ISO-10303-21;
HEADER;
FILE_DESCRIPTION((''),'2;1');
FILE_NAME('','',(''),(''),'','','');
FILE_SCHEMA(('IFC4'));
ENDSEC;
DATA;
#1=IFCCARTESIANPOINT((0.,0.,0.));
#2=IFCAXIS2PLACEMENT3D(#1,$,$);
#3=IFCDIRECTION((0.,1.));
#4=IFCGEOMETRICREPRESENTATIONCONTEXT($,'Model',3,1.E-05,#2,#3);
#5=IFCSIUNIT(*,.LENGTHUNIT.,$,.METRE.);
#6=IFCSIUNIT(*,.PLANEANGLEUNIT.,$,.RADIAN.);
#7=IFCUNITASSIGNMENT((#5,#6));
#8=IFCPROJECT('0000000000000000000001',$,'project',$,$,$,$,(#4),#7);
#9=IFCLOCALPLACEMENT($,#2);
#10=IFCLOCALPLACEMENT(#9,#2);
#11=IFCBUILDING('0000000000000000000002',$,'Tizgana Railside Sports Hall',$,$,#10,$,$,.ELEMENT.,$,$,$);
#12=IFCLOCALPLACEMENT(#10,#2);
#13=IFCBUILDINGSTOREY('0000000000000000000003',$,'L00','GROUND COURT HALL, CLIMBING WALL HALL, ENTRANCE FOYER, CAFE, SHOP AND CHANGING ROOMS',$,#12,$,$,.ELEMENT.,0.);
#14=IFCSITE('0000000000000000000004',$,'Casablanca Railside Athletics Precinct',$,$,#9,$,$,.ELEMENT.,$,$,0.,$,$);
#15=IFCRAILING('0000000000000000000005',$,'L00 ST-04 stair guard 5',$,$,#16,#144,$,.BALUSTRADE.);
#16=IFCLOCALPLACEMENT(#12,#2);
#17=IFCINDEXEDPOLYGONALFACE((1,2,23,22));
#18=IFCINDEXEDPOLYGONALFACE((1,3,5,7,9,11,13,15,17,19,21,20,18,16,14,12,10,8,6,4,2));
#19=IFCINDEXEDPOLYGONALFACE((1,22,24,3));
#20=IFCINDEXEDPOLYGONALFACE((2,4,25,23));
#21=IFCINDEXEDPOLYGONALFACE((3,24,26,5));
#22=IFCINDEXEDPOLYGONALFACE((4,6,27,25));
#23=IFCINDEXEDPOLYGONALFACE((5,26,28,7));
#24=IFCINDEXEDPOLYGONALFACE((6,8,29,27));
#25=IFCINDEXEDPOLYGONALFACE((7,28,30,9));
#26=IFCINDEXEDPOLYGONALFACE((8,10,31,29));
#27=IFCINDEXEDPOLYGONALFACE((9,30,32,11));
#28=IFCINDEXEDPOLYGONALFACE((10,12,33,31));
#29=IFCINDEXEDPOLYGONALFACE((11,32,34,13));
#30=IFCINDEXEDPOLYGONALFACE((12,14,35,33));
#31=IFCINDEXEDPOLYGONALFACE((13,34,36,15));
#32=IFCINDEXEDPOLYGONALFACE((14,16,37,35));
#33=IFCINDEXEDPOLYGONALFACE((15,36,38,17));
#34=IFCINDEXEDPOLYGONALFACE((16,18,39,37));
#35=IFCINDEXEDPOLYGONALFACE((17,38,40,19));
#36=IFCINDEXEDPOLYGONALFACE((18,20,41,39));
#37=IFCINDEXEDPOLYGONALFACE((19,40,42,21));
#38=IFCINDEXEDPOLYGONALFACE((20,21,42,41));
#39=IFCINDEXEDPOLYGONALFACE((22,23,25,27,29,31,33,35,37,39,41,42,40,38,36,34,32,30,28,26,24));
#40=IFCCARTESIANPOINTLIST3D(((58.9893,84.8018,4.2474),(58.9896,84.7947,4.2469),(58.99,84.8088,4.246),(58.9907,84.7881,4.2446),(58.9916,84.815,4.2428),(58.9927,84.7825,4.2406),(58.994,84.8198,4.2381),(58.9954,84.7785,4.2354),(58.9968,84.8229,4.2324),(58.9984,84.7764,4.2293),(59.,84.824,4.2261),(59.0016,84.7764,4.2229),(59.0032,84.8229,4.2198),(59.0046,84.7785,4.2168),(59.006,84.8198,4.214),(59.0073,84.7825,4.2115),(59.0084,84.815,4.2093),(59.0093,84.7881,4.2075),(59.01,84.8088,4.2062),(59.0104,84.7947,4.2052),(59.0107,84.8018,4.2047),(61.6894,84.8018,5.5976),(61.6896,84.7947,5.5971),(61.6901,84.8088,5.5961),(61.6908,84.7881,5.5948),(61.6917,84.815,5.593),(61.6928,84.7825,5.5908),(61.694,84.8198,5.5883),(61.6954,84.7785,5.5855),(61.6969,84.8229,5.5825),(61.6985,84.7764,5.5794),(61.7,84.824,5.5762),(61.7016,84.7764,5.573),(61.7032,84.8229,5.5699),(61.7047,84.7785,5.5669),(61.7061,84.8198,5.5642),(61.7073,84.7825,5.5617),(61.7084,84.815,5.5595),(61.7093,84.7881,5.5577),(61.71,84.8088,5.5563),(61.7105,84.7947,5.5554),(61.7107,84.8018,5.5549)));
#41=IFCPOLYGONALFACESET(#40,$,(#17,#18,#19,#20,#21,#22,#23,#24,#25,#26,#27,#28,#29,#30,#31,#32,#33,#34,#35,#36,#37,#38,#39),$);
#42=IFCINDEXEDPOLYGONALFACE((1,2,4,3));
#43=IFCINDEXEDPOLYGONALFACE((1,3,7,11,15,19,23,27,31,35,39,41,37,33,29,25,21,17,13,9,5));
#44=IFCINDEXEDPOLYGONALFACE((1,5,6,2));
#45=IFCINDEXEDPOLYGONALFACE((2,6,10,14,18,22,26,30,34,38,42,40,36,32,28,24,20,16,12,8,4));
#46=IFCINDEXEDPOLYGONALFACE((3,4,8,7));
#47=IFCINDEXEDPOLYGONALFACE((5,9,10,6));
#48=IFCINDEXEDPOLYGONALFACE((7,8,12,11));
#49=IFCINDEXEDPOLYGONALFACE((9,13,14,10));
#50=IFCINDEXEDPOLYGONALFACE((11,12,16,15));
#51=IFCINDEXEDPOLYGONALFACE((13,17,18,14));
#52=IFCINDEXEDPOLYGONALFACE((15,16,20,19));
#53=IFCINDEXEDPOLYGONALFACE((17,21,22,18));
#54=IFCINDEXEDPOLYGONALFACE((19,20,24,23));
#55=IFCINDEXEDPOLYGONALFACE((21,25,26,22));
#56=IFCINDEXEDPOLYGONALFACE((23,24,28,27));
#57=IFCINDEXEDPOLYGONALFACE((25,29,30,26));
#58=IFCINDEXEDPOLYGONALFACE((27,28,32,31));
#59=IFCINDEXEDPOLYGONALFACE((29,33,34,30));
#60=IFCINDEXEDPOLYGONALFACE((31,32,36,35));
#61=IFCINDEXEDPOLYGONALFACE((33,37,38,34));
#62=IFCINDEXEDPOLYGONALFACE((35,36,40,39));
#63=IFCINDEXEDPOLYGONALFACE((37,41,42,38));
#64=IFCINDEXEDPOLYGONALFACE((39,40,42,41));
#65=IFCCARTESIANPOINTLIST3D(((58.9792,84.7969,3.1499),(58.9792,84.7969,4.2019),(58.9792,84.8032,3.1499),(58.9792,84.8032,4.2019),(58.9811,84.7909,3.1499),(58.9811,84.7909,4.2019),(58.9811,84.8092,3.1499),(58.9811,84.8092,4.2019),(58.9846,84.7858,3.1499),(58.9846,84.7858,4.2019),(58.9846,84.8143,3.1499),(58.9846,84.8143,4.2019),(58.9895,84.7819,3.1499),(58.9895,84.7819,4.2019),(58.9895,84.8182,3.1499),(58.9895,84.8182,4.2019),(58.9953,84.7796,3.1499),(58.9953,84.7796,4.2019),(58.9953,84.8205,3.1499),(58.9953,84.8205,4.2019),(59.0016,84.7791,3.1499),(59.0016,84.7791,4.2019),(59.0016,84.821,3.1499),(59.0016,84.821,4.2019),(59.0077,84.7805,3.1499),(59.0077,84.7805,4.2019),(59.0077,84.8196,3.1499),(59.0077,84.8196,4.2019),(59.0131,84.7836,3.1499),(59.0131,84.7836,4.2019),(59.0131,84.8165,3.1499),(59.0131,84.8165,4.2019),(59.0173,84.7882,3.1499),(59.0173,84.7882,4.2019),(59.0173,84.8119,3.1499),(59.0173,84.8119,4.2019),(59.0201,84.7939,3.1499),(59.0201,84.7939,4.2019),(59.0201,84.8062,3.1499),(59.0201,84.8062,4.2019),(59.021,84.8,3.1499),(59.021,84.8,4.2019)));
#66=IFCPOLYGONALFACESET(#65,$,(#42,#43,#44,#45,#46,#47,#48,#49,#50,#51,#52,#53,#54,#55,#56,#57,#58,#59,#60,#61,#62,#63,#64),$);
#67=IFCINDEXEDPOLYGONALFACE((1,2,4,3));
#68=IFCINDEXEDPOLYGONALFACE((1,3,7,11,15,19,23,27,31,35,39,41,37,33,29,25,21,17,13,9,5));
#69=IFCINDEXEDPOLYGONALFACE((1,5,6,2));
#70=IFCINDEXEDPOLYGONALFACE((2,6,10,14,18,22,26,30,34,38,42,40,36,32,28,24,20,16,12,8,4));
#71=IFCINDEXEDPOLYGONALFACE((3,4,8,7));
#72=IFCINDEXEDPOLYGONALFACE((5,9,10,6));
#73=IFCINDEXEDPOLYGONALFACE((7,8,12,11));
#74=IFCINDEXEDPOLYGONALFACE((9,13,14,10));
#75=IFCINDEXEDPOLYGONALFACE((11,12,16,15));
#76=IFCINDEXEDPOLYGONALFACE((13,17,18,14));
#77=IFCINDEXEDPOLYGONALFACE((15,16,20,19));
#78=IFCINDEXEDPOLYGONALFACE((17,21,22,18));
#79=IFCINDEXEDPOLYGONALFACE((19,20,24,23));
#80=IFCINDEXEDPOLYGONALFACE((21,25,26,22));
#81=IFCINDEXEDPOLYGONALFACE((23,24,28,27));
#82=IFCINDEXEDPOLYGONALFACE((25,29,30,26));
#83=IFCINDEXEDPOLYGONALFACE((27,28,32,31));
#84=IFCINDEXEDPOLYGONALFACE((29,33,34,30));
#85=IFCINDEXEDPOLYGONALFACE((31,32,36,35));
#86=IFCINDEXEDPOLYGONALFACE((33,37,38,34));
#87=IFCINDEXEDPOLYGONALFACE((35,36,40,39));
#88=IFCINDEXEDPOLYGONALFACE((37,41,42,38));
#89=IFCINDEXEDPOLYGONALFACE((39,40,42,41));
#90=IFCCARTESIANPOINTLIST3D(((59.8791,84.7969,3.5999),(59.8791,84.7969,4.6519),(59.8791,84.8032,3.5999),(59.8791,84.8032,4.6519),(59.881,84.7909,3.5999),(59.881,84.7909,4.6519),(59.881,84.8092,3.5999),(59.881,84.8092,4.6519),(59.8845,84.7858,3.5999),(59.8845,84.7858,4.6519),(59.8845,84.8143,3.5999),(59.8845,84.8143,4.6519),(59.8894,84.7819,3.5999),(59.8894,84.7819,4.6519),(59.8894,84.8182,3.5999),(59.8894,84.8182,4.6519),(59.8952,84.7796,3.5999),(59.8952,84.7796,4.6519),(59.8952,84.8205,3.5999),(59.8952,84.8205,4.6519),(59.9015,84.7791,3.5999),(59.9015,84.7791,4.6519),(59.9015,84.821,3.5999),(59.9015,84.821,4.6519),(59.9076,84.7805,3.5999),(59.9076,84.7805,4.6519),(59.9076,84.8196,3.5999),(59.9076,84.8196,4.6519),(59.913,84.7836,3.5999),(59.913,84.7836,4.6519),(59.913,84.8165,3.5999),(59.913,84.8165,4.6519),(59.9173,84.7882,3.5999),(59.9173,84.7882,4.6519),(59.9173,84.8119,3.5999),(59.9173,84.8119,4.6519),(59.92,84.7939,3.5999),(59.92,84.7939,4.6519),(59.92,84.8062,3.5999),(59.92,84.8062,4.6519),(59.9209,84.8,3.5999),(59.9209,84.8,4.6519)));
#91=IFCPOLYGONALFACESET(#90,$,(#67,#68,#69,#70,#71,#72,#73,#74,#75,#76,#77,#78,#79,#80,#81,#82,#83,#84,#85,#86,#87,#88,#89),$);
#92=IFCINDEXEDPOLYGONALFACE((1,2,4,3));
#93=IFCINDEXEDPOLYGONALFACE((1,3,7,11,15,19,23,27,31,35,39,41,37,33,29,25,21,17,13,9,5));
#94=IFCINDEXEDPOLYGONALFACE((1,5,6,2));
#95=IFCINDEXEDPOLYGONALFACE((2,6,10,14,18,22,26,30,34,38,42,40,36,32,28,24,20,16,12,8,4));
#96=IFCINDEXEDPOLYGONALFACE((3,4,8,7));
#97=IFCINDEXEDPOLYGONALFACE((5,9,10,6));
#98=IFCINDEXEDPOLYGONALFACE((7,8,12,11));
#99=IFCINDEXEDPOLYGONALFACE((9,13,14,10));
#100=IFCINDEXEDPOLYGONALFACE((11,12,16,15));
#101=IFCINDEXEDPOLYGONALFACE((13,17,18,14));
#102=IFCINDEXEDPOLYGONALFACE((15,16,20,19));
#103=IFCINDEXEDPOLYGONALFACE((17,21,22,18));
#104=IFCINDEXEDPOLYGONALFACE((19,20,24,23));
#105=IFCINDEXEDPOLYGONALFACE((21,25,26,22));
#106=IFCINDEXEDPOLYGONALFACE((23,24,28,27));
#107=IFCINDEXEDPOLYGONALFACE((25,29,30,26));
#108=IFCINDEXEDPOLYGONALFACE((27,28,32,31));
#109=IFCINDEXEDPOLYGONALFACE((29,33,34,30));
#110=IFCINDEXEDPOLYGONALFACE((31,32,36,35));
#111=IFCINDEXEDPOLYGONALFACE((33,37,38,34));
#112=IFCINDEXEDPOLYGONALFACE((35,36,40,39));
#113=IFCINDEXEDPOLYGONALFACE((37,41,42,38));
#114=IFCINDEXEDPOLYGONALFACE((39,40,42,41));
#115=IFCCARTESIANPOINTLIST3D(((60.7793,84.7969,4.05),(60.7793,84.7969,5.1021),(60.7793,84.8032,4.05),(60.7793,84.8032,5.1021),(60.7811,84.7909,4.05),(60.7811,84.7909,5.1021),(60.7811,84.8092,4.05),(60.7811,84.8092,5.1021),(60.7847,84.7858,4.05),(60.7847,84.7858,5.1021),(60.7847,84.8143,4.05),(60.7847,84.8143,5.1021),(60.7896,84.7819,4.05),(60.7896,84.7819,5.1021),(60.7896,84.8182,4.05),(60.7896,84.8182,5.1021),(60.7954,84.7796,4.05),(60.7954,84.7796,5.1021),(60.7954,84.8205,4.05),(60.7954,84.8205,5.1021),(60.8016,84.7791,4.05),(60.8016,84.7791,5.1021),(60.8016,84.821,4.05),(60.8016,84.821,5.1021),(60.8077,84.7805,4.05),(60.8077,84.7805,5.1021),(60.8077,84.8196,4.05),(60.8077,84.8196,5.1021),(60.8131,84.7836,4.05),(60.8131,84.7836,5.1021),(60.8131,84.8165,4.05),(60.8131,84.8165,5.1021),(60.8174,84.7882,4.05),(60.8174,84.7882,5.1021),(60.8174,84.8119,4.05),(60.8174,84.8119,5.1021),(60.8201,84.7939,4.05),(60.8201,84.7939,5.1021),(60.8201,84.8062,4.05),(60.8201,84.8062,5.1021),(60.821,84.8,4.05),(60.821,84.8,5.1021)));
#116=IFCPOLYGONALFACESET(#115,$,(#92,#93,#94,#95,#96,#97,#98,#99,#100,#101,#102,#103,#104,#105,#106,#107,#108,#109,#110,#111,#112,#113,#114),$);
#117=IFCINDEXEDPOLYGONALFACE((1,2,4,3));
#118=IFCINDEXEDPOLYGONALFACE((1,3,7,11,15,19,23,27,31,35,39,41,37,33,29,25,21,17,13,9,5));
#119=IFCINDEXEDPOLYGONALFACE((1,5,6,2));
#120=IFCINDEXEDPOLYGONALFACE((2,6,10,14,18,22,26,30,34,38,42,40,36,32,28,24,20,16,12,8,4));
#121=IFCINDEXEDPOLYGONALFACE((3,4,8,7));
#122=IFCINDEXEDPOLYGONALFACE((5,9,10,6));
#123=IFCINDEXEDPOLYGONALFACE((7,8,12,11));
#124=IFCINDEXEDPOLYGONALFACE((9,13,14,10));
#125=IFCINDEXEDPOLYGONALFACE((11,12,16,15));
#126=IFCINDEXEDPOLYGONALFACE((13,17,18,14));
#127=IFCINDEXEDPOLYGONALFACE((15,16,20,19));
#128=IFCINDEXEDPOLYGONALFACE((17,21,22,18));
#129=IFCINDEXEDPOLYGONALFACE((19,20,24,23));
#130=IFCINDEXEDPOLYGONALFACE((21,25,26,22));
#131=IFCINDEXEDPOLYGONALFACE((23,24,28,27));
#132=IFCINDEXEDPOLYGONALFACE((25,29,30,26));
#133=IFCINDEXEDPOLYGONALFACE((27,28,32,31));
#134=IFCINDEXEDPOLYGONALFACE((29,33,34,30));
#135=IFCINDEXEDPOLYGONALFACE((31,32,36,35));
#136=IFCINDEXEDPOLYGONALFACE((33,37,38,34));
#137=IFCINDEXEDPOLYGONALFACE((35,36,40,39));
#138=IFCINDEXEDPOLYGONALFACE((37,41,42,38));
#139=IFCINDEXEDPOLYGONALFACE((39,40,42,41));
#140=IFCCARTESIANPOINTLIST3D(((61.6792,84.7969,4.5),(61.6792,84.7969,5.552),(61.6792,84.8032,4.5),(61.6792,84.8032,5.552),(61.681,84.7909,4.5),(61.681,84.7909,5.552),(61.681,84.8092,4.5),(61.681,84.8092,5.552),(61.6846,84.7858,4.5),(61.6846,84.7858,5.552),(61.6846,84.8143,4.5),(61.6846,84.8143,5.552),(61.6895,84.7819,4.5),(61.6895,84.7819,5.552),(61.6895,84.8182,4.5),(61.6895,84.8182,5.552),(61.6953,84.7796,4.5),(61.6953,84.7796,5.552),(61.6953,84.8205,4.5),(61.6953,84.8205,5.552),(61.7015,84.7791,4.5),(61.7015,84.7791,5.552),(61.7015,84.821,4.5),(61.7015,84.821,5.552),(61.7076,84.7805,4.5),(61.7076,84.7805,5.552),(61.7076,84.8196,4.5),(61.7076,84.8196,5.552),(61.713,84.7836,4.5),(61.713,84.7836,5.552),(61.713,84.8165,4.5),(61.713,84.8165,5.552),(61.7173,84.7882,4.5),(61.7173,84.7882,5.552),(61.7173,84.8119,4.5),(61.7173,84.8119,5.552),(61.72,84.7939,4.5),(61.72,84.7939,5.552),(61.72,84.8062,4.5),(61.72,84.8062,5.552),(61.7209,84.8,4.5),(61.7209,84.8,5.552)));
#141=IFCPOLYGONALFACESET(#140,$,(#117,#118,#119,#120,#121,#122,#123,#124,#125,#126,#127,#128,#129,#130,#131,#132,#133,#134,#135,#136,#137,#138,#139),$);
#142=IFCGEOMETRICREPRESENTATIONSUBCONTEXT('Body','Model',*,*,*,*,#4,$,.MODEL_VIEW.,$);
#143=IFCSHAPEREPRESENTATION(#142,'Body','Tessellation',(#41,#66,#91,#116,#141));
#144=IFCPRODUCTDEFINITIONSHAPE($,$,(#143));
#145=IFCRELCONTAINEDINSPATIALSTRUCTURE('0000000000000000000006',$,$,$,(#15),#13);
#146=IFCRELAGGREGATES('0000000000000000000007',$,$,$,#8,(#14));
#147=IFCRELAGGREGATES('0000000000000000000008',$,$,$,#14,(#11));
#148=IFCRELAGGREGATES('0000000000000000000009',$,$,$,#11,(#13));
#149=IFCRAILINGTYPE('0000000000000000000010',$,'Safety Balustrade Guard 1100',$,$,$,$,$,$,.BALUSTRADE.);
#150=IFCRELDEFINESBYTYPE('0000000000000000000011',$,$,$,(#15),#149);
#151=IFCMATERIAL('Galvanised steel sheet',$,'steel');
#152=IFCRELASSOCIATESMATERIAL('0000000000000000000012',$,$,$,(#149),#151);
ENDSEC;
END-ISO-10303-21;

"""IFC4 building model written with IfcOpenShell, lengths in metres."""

from ifc_helpers import new_model, si_unit, direction, frame, origin, origin_2d, place, context, subcontext, project, spatial, circle, extrude, material, type_object, element, save


model = new_model("IFC4")

# Units and contexts
model_context = context("Model", 3, precision=1e-05, world=origin(), true_north=direction((0.0, 1.0)))
body_context = subcontext(model_context, "Body", "Model", "MODEL_VIEW")
ifc_project = project(units=[si_unit("LENGTHUNIT", "METRE"), si_unit("PLANEANGLEUNIT", "RADIAN")], contexts=[model_context])

# Site, building, storey
site_placement = place(None, origin())
site = spatial("IfcSite", under=ifc_project, at=site_placement, Name="Casablanca Railside Athletics Precinct", CompositionType="ELEMENT", RefElevation=0.0)
building_placement = place(site_placement, origin())
building = spatial("IfcBuilding", under=site, at=building_placement, Name="Tizgana Railside Sports Hall", CompositionType="ELEMENT")
storey_placement = place(building_placement, origin())
storey = spatial("IfcBuildingStorey", under=building, at=storey_placement, Name="L00", Description="GROUND COURT HALL, CLIMBING WALL HALL, ENTRANCE FOYER, CAFE, SHOP AND CHANGING ROOMS", CompositionType="ELEMENT", Elevation=0.0)

# Shared definitions
ifc_material_1 = material(Name="Galvanised steel sheet", Category="steel")

# Railing
railing_type_1 = type_object("IfcRailingType", Name="Safety Balustrade Guard 1100", PredefinedType="BALUSTRADE", material=ifc_material_1)
railing_1_placement = place(storey_placement, frame((59.0, 84.8, 3.1499)))
element("IfcRailing", 1, at=railing_1_placement, inside=storey, type_object=railing_type_1, Name="L00 ST-04 stair guard 5", PredefinedType="BALUSTRADE", context=body_context, shape_type="SweptSolid", body=[
    extrude(circle(Radius=0.0239, at=origin_2d()), frame((0.0, 0.0, 1.0762), z_axis=(0.894411, 0.0, 0.447246), x_axis=(0.0, 1.0, 0.0)), (0.0, 0.0, 1.0), 3.0188),
    extrude(circle(Radius=0.021, at=origin_2d()), origin(), (0.0, 0.0, 1.0), 1.052),
    extrude(circle(Radius=0.021, at=origin_2d()), frame((0.8999, 0.0, 0.45)), (0.0, 0.0, 1.0), 1.052),
    extrude(circle(Radius=0.021, at=origin_2d()), frame((1.8, 0.0, 0.9001)), (0.0, 0.0, 1.0), 1.052),
    extrude(circle(Radius=0.021, at=origin_2d()), frame((2.7, 0.0, 1.3501)), (0.0, 0.0, 1.0), 1.052),
])

save(model, "model.ifc")
